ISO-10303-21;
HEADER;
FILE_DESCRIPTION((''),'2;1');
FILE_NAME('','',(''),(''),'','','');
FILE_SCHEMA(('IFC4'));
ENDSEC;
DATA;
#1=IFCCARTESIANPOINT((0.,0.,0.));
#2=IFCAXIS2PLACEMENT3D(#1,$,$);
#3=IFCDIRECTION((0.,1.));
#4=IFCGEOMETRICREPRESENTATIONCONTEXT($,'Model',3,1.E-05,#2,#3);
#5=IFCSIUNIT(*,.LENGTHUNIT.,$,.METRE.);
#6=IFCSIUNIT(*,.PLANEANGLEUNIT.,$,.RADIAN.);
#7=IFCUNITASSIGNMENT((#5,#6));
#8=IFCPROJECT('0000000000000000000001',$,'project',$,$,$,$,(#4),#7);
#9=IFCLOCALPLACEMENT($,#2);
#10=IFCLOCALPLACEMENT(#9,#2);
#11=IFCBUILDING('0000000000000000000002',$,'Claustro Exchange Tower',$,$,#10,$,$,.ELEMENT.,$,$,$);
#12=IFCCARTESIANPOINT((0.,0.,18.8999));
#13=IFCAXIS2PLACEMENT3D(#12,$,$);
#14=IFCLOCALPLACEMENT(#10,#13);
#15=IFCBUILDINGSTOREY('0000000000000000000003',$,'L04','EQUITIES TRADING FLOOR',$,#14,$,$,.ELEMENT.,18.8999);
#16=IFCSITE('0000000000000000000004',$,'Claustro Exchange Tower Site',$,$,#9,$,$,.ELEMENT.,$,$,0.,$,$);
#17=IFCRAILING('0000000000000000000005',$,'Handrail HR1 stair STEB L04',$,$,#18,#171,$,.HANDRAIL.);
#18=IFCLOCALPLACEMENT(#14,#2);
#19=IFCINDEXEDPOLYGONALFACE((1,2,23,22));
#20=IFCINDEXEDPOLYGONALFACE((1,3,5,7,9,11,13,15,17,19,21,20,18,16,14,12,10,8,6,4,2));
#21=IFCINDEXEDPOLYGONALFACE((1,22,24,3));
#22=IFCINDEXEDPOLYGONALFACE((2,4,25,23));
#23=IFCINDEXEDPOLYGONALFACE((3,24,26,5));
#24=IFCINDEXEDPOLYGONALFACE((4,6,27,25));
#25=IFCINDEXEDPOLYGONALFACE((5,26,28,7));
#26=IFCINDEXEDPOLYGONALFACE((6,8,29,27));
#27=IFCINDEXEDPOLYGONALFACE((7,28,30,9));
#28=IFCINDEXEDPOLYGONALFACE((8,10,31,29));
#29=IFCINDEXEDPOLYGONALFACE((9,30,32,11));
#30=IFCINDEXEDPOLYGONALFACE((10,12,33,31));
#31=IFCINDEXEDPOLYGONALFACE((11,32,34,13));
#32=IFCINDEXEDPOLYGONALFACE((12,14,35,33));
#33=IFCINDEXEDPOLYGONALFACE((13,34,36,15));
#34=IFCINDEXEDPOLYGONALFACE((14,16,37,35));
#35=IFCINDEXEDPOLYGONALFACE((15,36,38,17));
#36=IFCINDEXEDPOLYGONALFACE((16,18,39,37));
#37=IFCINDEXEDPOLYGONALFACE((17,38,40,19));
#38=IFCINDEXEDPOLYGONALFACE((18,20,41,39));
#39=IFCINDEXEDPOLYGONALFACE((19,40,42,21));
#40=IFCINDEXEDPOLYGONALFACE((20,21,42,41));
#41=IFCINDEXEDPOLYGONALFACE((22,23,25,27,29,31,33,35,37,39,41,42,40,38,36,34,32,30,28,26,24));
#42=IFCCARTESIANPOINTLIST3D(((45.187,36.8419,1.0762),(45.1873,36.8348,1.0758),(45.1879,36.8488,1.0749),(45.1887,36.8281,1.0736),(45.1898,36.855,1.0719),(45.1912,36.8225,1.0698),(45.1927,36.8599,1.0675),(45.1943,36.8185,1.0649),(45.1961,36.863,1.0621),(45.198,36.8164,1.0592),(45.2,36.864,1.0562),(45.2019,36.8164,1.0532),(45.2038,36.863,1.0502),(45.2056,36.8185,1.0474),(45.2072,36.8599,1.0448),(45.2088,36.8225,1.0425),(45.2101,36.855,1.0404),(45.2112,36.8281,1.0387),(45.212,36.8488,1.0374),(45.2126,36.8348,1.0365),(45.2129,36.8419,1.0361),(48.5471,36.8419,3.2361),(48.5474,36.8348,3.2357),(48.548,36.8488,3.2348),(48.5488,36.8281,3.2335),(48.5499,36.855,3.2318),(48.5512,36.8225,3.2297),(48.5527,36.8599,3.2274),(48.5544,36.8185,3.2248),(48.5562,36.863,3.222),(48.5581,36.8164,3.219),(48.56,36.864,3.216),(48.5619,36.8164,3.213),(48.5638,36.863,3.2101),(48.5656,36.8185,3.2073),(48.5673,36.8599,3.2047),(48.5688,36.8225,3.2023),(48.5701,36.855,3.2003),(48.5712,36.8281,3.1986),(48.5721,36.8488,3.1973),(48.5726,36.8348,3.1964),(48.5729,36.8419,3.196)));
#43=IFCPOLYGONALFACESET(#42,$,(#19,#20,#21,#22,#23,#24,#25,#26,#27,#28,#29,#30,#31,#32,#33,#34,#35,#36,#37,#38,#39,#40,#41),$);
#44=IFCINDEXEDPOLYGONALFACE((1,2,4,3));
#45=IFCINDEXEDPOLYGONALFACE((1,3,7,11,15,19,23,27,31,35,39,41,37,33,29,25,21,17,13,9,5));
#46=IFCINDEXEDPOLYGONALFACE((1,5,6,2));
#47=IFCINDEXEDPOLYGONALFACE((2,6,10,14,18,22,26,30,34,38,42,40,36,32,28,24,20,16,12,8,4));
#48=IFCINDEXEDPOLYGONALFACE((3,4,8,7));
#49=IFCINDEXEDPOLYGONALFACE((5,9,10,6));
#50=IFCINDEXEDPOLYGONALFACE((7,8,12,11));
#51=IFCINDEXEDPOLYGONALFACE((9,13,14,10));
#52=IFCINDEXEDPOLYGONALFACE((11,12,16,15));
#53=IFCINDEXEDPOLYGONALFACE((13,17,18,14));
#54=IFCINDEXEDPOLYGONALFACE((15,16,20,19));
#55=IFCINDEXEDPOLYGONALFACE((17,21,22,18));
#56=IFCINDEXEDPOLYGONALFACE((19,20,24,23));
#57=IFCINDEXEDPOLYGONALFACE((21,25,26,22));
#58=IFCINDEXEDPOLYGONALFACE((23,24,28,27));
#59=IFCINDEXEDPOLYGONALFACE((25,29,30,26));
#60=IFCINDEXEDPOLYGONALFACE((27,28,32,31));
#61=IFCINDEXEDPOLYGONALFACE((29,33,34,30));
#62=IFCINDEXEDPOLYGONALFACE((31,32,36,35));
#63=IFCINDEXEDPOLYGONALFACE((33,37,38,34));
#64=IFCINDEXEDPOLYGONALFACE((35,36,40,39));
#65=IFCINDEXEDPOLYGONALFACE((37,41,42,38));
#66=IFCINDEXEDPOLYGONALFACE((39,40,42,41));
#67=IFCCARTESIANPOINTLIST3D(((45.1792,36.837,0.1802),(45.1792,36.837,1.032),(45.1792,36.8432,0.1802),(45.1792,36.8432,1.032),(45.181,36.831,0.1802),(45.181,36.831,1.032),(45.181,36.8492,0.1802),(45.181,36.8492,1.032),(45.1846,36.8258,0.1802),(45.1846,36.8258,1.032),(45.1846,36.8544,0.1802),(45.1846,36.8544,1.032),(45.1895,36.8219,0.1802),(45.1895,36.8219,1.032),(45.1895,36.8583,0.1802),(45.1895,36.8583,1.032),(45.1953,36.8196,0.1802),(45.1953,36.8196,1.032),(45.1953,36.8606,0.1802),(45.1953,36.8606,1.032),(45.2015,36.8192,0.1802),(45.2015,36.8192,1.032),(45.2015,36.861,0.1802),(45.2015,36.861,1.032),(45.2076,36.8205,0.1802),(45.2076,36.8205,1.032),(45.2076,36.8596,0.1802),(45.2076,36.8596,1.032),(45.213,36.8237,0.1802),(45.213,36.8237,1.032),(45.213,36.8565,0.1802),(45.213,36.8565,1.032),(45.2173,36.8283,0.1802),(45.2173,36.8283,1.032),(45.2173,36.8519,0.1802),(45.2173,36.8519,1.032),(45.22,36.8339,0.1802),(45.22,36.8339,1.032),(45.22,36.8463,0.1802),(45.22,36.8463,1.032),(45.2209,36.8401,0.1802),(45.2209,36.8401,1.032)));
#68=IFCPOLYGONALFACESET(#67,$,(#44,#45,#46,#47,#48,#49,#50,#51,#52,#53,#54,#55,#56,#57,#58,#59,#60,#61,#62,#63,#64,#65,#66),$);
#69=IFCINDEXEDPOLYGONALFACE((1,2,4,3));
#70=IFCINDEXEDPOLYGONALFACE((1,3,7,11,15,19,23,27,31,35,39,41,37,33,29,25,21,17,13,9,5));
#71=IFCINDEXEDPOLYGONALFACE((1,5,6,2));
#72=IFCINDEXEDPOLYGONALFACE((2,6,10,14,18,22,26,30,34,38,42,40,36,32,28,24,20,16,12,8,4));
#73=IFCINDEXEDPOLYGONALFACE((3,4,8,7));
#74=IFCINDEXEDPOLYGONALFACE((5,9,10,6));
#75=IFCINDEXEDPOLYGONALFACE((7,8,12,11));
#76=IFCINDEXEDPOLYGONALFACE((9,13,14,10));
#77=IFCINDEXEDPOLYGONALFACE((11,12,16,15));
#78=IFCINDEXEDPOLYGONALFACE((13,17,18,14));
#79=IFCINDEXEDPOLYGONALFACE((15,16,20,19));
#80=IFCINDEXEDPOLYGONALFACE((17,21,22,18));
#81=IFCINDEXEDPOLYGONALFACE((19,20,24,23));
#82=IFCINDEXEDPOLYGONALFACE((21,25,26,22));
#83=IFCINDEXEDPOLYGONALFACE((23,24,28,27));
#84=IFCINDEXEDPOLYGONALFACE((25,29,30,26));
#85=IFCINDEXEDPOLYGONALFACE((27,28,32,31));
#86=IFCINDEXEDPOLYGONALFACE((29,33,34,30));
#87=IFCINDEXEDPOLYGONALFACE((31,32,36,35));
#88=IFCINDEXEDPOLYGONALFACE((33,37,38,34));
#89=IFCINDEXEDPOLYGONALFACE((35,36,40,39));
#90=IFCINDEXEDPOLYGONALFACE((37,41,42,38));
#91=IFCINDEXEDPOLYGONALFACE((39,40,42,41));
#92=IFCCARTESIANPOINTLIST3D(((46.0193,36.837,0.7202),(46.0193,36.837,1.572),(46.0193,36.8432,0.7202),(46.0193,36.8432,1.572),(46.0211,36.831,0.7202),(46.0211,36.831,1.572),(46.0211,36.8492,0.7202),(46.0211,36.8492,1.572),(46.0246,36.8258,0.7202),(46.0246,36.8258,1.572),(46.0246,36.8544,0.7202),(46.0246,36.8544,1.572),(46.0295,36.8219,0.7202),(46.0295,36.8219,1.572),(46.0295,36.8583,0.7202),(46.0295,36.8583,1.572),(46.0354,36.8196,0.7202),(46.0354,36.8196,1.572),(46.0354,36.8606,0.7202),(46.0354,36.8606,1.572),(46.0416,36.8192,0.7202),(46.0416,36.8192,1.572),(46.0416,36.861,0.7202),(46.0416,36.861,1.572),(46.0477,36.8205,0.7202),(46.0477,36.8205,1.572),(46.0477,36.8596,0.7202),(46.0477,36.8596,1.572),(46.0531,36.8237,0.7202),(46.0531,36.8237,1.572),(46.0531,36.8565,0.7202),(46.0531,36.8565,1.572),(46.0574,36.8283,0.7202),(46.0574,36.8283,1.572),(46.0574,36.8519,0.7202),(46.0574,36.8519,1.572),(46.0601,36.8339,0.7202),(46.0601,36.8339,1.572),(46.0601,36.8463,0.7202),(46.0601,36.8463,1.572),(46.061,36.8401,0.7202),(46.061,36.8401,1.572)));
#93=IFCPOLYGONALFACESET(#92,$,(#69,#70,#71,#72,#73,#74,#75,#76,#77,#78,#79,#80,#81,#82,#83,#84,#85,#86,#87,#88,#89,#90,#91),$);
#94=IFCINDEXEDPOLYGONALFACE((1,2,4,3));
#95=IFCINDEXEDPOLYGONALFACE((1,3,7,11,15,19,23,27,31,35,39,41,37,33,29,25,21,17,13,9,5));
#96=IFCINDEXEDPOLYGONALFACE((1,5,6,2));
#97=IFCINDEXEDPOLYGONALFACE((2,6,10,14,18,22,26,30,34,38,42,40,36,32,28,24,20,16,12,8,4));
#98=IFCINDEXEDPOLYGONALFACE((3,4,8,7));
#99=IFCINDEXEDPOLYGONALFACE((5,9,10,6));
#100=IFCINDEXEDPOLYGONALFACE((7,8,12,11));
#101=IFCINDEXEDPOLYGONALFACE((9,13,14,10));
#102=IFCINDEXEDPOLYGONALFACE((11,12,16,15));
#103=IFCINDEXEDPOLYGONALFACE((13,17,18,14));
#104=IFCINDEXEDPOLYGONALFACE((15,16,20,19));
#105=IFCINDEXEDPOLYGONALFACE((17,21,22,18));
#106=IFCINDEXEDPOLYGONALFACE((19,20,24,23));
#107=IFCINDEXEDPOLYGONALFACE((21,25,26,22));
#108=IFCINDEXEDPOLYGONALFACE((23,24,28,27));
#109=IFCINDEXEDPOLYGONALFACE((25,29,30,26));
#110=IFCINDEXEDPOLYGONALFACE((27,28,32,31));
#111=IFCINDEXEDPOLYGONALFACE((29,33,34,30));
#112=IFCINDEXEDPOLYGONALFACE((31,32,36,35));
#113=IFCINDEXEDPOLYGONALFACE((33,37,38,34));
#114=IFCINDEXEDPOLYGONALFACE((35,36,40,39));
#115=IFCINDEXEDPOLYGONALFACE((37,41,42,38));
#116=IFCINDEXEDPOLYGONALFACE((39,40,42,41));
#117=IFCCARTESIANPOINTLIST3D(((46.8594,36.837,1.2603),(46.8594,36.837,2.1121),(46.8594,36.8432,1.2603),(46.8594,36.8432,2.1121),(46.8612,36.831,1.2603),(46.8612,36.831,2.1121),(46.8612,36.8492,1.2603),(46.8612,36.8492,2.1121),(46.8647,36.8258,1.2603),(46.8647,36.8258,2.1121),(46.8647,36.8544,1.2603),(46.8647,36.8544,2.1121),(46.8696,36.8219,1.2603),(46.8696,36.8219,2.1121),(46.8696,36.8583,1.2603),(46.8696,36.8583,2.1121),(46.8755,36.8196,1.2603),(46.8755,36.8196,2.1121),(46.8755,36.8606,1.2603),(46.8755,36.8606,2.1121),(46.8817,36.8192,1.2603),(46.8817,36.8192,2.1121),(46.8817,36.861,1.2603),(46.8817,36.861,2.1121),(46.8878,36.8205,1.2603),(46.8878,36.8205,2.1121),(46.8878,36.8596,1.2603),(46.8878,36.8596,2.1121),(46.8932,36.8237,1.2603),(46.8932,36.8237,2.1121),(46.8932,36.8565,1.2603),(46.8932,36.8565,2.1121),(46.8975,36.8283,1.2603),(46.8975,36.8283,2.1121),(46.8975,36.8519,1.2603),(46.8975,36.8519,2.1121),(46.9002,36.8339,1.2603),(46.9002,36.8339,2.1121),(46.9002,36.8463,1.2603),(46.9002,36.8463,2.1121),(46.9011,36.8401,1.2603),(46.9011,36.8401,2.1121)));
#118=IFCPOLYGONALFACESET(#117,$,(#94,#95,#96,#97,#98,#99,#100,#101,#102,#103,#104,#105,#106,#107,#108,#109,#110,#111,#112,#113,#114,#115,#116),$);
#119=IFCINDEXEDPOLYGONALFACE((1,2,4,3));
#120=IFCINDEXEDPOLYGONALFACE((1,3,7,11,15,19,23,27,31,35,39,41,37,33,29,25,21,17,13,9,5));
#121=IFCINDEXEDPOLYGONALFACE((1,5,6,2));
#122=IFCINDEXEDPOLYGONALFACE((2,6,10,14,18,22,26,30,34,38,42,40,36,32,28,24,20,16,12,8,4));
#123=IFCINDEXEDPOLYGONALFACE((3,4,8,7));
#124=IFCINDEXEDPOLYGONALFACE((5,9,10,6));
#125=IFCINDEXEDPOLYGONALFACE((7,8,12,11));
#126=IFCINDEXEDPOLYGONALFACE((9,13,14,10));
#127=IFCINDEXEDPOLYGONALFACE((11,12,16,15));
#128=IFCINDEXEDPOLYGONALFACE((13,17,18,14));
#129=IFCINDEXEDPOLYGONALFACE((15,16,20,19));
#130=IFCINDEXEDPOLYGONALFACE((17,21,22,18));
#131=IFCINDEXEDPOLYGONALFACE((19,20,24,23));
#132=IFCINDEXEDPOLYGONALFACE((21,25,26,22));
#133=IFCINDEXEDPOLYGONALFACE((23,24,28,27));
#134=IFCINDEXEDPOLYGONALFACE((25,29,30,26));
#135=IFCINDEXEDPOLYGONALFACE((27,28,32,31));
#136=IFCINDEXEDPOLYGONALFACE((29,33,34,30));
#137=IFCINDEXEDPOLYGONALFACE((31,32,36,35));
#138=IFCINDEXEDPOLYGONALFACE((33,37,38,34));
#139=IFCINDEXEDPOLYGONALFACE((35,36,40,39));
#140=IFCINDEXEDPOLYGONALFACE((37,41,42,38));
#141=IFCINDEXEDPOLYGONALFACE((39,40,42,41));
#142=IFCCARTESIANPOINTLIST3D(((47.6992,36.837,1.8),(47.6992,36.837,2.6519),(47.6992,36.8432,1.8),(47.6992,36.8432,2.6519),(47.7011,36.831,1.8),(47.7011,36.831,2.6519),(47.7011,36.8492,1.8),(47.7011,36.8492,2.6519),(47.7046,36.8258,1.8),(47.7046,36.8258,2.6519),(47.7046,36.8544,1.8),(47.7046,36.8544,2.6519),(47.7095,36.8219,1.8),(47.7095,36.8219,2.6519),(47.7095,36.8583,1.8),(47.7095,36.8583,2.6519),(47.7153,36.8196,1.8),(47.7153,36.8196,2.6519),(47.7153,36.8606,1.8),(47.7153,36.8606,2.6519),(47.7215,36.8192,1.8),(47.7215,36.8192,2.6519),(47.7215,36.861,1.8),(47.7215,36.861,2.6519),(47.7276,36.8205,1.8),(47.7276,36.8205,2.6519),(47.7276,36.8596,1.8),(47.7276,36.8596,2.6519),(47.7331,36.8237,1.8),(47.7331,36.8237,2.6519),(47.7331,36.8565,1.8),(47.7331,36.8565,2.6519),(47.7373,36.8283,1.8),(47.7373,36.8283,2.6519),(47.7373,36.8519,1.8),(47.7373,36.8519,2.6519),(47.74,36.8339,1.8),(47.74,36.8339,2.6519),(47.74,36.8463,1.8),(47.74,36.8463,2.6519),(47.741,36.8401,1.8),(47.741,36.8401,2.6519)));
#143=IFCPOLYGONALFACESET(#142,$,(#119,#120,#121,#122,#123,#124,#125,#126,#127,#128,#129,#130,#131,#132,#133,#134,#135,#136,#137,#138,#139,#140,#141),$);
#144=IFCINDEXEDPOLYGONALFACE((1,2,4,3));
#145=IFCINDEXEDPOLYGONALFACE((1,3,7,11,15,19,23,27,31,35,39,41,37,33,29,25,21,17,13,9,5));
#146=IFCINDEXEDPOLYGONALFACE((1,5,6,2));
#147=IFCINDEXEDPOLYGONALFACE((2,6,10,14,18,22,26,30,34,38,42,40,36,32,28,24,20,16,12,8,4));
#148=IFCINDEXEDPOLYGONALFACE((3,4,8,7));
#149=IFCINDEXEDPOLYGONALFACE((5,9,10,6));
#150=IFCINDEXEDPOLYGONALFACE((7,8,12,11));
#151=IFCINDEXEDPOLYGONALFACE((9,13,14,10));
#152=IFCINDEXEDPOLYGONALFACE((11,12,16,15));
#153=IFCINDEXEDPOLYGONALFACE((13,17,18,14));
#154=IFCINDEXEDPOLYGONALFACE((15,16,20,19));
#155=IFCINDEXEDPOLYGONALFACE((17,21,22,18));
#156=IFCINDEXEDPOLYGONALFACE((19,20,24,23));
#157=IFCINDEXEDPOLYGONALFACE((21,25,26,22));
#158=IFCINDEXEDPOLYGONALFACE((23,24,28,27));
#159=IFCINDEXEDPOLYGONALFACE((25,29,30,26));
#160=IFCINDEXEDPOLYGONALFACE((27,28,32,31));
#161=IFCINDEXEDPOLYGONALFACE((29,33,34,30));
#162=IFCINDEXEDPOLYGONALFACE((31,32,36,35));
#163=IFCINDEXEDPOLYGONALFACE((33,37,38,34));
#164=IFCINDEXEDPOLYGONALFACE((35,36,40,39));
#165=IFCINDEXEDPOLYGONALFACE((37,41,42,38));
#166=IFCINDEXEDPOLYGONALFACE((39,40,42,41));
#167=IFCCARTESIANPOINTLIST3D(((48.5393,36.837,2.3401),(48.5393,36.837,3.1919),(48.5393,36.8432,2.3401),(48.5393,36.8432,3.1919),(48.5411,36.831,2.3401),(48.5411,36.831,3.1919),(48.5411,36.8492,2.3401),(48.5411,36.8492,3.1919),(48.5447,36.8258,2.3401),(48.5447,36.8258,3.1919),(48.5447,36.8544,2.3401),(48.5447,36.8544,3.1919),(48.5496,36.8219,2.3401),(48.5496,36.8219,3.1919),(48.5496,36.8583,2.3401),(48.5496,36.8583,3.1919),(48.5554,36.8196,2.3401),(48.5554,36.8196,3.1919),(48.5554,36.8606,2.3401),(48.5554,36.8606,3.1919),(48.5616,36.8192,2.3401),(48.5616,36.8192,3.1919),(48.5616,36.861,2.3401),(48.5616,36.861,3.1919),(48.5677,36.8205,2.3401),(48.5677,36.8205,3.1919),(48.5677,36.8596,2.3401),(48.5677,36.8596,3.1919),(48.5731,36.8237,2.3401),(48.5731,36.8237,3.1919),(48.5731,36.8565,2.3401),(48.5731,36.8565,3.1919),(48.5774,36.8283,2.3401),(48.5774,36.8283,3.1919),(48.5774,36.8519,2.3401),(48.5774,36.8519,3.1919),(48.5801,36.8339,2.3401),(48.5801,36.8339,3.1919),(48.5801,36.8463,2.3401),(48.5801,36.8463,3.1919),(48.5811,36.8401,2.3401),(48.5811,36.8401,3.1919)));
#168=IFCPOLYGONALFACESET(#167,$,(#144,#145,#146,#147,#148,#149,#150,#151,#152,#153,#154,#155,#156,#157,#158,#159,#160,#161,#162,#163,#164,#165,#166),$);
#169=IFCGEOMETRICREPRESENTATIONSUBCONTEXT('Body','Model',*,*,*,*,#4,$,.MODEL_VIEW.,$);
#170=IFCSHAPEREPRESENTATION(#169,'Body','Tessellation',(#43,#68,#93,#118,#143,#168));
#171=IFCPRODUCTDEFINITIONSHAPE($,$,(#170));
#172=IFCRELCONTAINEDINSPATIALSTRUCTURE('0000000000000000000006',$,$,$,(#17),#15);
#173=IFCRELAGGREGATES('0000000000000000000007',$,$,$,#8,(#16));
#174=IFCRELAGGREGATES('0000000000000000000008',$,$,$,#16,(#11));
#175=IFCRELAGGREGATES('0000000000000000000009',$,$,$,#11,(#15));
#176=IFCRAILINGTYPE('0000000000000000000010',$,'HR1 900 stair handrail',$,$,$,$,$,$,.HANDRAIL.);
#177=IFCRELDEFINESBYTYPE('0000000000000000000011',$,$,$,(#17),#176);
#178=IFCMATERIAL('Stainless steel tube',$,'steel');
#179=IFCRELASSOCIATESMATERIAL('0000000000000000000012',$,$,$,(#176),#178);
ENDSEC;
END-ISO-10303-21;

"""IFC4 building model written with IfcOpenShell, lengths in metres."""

from ifc_helpers import new_model, si_unit, direction, frame, origin, origin_2d, place, context, subcontext, project, spatial, circle, extrude, material, type_object, element, save


model = new_model("IFC4")

# Units and contexts
model_context = context("Model", 3, precision=1e-05, world=origin(), true_north=direction((0.0, 1.0)))
body_context = subcontext(model_context, "Body", "Model", "MODEL_VIEW")
ifc_project = project(units=[si_unit("LENGTHUNIT", "METRE"), si_unit("PLANEANGLEUNIT", "RADIAN")], contexts=[model_context])

# Site, building, storey
site_placement = place(None, origin())
site = spatial("IfcSite", under=ifc_project, at=site_placement, Name="Claustro Exchange Tower Site", CompositionType="ELEMENT", RefElevation=0.0)
building_placement = place(site_placement, origin())
building = spatial("IfcBuilding", under=site, at=building_placement, Name="Claustro Exchange Tower", CompositionType="ELEMENT")
storey_placement = place(building_placement, frame((0.0, 0.0, 18.8999)))
storey = spatial("IfcBuildingStorey", under=building, at=storey_placement, Name="L04", Description="EQUITIES TRADING FLOOR", CompositionType="ELEMENT", Elevation=18.8999)

# Railing
ifc_material_1 = material(Name="Stainless steel tube", Category="steel")
railing_type_1 = type_object("IfcRailingType", Name="HR1 900 stair handrail", PredefinedType="HANDRAIL", material=ifc_material_1)
railing_1_placement = place(storey_placement, frame((45.2, 36.8401, 0.1802)))
element("IfcRailing", 1, at=railing_1_placement, inside=storey, type_object=railing_type_1, Name="Handrail HR1 stair STEB L04", PredefinedType="HANDRAIL", context=body_context, shape_type="SweptSolid", body=[
    extrude(circle(Radius=0.0239, at=origin_2d()), frame((0.0, 0.0, 0.876), z_axis=(0.841196, 0.0, 0.54073), x_axis=(0.0, 1.0, 0.0)), (0.0, 0.0, 1.0), 3.9944),
    extrude(circle(Radius=0.021, at=origin_2d()), origin(), (0.0, 0.0, 1.0), 0.8518),
    extrude(circle(Radius=0.021, at=origin_2d()), frame((0.8401, 0.0, 0.54)), (0.0, 0.0, 1.0), 0.8518),
    extrude(circle(Radius=0.021, at=origin_2d()), frame((1.6802, 0.0, 1.0801)), (0.0, 0.0, 1.0), 0.8518),
    extrude(circle(Radius=0.021, at=origin_2d()), frame((2.52, 0.0, 1.6199)), (0.0, 0.0, 1.0), 0.8518),
    extrude(circle(Radius=0.021, at=origin_2d()), frame((3.3601, 0.0, 2.1599)), (0.0, 0.0, 1.0), 0.8518),
])

save(model, "model.ifc")
